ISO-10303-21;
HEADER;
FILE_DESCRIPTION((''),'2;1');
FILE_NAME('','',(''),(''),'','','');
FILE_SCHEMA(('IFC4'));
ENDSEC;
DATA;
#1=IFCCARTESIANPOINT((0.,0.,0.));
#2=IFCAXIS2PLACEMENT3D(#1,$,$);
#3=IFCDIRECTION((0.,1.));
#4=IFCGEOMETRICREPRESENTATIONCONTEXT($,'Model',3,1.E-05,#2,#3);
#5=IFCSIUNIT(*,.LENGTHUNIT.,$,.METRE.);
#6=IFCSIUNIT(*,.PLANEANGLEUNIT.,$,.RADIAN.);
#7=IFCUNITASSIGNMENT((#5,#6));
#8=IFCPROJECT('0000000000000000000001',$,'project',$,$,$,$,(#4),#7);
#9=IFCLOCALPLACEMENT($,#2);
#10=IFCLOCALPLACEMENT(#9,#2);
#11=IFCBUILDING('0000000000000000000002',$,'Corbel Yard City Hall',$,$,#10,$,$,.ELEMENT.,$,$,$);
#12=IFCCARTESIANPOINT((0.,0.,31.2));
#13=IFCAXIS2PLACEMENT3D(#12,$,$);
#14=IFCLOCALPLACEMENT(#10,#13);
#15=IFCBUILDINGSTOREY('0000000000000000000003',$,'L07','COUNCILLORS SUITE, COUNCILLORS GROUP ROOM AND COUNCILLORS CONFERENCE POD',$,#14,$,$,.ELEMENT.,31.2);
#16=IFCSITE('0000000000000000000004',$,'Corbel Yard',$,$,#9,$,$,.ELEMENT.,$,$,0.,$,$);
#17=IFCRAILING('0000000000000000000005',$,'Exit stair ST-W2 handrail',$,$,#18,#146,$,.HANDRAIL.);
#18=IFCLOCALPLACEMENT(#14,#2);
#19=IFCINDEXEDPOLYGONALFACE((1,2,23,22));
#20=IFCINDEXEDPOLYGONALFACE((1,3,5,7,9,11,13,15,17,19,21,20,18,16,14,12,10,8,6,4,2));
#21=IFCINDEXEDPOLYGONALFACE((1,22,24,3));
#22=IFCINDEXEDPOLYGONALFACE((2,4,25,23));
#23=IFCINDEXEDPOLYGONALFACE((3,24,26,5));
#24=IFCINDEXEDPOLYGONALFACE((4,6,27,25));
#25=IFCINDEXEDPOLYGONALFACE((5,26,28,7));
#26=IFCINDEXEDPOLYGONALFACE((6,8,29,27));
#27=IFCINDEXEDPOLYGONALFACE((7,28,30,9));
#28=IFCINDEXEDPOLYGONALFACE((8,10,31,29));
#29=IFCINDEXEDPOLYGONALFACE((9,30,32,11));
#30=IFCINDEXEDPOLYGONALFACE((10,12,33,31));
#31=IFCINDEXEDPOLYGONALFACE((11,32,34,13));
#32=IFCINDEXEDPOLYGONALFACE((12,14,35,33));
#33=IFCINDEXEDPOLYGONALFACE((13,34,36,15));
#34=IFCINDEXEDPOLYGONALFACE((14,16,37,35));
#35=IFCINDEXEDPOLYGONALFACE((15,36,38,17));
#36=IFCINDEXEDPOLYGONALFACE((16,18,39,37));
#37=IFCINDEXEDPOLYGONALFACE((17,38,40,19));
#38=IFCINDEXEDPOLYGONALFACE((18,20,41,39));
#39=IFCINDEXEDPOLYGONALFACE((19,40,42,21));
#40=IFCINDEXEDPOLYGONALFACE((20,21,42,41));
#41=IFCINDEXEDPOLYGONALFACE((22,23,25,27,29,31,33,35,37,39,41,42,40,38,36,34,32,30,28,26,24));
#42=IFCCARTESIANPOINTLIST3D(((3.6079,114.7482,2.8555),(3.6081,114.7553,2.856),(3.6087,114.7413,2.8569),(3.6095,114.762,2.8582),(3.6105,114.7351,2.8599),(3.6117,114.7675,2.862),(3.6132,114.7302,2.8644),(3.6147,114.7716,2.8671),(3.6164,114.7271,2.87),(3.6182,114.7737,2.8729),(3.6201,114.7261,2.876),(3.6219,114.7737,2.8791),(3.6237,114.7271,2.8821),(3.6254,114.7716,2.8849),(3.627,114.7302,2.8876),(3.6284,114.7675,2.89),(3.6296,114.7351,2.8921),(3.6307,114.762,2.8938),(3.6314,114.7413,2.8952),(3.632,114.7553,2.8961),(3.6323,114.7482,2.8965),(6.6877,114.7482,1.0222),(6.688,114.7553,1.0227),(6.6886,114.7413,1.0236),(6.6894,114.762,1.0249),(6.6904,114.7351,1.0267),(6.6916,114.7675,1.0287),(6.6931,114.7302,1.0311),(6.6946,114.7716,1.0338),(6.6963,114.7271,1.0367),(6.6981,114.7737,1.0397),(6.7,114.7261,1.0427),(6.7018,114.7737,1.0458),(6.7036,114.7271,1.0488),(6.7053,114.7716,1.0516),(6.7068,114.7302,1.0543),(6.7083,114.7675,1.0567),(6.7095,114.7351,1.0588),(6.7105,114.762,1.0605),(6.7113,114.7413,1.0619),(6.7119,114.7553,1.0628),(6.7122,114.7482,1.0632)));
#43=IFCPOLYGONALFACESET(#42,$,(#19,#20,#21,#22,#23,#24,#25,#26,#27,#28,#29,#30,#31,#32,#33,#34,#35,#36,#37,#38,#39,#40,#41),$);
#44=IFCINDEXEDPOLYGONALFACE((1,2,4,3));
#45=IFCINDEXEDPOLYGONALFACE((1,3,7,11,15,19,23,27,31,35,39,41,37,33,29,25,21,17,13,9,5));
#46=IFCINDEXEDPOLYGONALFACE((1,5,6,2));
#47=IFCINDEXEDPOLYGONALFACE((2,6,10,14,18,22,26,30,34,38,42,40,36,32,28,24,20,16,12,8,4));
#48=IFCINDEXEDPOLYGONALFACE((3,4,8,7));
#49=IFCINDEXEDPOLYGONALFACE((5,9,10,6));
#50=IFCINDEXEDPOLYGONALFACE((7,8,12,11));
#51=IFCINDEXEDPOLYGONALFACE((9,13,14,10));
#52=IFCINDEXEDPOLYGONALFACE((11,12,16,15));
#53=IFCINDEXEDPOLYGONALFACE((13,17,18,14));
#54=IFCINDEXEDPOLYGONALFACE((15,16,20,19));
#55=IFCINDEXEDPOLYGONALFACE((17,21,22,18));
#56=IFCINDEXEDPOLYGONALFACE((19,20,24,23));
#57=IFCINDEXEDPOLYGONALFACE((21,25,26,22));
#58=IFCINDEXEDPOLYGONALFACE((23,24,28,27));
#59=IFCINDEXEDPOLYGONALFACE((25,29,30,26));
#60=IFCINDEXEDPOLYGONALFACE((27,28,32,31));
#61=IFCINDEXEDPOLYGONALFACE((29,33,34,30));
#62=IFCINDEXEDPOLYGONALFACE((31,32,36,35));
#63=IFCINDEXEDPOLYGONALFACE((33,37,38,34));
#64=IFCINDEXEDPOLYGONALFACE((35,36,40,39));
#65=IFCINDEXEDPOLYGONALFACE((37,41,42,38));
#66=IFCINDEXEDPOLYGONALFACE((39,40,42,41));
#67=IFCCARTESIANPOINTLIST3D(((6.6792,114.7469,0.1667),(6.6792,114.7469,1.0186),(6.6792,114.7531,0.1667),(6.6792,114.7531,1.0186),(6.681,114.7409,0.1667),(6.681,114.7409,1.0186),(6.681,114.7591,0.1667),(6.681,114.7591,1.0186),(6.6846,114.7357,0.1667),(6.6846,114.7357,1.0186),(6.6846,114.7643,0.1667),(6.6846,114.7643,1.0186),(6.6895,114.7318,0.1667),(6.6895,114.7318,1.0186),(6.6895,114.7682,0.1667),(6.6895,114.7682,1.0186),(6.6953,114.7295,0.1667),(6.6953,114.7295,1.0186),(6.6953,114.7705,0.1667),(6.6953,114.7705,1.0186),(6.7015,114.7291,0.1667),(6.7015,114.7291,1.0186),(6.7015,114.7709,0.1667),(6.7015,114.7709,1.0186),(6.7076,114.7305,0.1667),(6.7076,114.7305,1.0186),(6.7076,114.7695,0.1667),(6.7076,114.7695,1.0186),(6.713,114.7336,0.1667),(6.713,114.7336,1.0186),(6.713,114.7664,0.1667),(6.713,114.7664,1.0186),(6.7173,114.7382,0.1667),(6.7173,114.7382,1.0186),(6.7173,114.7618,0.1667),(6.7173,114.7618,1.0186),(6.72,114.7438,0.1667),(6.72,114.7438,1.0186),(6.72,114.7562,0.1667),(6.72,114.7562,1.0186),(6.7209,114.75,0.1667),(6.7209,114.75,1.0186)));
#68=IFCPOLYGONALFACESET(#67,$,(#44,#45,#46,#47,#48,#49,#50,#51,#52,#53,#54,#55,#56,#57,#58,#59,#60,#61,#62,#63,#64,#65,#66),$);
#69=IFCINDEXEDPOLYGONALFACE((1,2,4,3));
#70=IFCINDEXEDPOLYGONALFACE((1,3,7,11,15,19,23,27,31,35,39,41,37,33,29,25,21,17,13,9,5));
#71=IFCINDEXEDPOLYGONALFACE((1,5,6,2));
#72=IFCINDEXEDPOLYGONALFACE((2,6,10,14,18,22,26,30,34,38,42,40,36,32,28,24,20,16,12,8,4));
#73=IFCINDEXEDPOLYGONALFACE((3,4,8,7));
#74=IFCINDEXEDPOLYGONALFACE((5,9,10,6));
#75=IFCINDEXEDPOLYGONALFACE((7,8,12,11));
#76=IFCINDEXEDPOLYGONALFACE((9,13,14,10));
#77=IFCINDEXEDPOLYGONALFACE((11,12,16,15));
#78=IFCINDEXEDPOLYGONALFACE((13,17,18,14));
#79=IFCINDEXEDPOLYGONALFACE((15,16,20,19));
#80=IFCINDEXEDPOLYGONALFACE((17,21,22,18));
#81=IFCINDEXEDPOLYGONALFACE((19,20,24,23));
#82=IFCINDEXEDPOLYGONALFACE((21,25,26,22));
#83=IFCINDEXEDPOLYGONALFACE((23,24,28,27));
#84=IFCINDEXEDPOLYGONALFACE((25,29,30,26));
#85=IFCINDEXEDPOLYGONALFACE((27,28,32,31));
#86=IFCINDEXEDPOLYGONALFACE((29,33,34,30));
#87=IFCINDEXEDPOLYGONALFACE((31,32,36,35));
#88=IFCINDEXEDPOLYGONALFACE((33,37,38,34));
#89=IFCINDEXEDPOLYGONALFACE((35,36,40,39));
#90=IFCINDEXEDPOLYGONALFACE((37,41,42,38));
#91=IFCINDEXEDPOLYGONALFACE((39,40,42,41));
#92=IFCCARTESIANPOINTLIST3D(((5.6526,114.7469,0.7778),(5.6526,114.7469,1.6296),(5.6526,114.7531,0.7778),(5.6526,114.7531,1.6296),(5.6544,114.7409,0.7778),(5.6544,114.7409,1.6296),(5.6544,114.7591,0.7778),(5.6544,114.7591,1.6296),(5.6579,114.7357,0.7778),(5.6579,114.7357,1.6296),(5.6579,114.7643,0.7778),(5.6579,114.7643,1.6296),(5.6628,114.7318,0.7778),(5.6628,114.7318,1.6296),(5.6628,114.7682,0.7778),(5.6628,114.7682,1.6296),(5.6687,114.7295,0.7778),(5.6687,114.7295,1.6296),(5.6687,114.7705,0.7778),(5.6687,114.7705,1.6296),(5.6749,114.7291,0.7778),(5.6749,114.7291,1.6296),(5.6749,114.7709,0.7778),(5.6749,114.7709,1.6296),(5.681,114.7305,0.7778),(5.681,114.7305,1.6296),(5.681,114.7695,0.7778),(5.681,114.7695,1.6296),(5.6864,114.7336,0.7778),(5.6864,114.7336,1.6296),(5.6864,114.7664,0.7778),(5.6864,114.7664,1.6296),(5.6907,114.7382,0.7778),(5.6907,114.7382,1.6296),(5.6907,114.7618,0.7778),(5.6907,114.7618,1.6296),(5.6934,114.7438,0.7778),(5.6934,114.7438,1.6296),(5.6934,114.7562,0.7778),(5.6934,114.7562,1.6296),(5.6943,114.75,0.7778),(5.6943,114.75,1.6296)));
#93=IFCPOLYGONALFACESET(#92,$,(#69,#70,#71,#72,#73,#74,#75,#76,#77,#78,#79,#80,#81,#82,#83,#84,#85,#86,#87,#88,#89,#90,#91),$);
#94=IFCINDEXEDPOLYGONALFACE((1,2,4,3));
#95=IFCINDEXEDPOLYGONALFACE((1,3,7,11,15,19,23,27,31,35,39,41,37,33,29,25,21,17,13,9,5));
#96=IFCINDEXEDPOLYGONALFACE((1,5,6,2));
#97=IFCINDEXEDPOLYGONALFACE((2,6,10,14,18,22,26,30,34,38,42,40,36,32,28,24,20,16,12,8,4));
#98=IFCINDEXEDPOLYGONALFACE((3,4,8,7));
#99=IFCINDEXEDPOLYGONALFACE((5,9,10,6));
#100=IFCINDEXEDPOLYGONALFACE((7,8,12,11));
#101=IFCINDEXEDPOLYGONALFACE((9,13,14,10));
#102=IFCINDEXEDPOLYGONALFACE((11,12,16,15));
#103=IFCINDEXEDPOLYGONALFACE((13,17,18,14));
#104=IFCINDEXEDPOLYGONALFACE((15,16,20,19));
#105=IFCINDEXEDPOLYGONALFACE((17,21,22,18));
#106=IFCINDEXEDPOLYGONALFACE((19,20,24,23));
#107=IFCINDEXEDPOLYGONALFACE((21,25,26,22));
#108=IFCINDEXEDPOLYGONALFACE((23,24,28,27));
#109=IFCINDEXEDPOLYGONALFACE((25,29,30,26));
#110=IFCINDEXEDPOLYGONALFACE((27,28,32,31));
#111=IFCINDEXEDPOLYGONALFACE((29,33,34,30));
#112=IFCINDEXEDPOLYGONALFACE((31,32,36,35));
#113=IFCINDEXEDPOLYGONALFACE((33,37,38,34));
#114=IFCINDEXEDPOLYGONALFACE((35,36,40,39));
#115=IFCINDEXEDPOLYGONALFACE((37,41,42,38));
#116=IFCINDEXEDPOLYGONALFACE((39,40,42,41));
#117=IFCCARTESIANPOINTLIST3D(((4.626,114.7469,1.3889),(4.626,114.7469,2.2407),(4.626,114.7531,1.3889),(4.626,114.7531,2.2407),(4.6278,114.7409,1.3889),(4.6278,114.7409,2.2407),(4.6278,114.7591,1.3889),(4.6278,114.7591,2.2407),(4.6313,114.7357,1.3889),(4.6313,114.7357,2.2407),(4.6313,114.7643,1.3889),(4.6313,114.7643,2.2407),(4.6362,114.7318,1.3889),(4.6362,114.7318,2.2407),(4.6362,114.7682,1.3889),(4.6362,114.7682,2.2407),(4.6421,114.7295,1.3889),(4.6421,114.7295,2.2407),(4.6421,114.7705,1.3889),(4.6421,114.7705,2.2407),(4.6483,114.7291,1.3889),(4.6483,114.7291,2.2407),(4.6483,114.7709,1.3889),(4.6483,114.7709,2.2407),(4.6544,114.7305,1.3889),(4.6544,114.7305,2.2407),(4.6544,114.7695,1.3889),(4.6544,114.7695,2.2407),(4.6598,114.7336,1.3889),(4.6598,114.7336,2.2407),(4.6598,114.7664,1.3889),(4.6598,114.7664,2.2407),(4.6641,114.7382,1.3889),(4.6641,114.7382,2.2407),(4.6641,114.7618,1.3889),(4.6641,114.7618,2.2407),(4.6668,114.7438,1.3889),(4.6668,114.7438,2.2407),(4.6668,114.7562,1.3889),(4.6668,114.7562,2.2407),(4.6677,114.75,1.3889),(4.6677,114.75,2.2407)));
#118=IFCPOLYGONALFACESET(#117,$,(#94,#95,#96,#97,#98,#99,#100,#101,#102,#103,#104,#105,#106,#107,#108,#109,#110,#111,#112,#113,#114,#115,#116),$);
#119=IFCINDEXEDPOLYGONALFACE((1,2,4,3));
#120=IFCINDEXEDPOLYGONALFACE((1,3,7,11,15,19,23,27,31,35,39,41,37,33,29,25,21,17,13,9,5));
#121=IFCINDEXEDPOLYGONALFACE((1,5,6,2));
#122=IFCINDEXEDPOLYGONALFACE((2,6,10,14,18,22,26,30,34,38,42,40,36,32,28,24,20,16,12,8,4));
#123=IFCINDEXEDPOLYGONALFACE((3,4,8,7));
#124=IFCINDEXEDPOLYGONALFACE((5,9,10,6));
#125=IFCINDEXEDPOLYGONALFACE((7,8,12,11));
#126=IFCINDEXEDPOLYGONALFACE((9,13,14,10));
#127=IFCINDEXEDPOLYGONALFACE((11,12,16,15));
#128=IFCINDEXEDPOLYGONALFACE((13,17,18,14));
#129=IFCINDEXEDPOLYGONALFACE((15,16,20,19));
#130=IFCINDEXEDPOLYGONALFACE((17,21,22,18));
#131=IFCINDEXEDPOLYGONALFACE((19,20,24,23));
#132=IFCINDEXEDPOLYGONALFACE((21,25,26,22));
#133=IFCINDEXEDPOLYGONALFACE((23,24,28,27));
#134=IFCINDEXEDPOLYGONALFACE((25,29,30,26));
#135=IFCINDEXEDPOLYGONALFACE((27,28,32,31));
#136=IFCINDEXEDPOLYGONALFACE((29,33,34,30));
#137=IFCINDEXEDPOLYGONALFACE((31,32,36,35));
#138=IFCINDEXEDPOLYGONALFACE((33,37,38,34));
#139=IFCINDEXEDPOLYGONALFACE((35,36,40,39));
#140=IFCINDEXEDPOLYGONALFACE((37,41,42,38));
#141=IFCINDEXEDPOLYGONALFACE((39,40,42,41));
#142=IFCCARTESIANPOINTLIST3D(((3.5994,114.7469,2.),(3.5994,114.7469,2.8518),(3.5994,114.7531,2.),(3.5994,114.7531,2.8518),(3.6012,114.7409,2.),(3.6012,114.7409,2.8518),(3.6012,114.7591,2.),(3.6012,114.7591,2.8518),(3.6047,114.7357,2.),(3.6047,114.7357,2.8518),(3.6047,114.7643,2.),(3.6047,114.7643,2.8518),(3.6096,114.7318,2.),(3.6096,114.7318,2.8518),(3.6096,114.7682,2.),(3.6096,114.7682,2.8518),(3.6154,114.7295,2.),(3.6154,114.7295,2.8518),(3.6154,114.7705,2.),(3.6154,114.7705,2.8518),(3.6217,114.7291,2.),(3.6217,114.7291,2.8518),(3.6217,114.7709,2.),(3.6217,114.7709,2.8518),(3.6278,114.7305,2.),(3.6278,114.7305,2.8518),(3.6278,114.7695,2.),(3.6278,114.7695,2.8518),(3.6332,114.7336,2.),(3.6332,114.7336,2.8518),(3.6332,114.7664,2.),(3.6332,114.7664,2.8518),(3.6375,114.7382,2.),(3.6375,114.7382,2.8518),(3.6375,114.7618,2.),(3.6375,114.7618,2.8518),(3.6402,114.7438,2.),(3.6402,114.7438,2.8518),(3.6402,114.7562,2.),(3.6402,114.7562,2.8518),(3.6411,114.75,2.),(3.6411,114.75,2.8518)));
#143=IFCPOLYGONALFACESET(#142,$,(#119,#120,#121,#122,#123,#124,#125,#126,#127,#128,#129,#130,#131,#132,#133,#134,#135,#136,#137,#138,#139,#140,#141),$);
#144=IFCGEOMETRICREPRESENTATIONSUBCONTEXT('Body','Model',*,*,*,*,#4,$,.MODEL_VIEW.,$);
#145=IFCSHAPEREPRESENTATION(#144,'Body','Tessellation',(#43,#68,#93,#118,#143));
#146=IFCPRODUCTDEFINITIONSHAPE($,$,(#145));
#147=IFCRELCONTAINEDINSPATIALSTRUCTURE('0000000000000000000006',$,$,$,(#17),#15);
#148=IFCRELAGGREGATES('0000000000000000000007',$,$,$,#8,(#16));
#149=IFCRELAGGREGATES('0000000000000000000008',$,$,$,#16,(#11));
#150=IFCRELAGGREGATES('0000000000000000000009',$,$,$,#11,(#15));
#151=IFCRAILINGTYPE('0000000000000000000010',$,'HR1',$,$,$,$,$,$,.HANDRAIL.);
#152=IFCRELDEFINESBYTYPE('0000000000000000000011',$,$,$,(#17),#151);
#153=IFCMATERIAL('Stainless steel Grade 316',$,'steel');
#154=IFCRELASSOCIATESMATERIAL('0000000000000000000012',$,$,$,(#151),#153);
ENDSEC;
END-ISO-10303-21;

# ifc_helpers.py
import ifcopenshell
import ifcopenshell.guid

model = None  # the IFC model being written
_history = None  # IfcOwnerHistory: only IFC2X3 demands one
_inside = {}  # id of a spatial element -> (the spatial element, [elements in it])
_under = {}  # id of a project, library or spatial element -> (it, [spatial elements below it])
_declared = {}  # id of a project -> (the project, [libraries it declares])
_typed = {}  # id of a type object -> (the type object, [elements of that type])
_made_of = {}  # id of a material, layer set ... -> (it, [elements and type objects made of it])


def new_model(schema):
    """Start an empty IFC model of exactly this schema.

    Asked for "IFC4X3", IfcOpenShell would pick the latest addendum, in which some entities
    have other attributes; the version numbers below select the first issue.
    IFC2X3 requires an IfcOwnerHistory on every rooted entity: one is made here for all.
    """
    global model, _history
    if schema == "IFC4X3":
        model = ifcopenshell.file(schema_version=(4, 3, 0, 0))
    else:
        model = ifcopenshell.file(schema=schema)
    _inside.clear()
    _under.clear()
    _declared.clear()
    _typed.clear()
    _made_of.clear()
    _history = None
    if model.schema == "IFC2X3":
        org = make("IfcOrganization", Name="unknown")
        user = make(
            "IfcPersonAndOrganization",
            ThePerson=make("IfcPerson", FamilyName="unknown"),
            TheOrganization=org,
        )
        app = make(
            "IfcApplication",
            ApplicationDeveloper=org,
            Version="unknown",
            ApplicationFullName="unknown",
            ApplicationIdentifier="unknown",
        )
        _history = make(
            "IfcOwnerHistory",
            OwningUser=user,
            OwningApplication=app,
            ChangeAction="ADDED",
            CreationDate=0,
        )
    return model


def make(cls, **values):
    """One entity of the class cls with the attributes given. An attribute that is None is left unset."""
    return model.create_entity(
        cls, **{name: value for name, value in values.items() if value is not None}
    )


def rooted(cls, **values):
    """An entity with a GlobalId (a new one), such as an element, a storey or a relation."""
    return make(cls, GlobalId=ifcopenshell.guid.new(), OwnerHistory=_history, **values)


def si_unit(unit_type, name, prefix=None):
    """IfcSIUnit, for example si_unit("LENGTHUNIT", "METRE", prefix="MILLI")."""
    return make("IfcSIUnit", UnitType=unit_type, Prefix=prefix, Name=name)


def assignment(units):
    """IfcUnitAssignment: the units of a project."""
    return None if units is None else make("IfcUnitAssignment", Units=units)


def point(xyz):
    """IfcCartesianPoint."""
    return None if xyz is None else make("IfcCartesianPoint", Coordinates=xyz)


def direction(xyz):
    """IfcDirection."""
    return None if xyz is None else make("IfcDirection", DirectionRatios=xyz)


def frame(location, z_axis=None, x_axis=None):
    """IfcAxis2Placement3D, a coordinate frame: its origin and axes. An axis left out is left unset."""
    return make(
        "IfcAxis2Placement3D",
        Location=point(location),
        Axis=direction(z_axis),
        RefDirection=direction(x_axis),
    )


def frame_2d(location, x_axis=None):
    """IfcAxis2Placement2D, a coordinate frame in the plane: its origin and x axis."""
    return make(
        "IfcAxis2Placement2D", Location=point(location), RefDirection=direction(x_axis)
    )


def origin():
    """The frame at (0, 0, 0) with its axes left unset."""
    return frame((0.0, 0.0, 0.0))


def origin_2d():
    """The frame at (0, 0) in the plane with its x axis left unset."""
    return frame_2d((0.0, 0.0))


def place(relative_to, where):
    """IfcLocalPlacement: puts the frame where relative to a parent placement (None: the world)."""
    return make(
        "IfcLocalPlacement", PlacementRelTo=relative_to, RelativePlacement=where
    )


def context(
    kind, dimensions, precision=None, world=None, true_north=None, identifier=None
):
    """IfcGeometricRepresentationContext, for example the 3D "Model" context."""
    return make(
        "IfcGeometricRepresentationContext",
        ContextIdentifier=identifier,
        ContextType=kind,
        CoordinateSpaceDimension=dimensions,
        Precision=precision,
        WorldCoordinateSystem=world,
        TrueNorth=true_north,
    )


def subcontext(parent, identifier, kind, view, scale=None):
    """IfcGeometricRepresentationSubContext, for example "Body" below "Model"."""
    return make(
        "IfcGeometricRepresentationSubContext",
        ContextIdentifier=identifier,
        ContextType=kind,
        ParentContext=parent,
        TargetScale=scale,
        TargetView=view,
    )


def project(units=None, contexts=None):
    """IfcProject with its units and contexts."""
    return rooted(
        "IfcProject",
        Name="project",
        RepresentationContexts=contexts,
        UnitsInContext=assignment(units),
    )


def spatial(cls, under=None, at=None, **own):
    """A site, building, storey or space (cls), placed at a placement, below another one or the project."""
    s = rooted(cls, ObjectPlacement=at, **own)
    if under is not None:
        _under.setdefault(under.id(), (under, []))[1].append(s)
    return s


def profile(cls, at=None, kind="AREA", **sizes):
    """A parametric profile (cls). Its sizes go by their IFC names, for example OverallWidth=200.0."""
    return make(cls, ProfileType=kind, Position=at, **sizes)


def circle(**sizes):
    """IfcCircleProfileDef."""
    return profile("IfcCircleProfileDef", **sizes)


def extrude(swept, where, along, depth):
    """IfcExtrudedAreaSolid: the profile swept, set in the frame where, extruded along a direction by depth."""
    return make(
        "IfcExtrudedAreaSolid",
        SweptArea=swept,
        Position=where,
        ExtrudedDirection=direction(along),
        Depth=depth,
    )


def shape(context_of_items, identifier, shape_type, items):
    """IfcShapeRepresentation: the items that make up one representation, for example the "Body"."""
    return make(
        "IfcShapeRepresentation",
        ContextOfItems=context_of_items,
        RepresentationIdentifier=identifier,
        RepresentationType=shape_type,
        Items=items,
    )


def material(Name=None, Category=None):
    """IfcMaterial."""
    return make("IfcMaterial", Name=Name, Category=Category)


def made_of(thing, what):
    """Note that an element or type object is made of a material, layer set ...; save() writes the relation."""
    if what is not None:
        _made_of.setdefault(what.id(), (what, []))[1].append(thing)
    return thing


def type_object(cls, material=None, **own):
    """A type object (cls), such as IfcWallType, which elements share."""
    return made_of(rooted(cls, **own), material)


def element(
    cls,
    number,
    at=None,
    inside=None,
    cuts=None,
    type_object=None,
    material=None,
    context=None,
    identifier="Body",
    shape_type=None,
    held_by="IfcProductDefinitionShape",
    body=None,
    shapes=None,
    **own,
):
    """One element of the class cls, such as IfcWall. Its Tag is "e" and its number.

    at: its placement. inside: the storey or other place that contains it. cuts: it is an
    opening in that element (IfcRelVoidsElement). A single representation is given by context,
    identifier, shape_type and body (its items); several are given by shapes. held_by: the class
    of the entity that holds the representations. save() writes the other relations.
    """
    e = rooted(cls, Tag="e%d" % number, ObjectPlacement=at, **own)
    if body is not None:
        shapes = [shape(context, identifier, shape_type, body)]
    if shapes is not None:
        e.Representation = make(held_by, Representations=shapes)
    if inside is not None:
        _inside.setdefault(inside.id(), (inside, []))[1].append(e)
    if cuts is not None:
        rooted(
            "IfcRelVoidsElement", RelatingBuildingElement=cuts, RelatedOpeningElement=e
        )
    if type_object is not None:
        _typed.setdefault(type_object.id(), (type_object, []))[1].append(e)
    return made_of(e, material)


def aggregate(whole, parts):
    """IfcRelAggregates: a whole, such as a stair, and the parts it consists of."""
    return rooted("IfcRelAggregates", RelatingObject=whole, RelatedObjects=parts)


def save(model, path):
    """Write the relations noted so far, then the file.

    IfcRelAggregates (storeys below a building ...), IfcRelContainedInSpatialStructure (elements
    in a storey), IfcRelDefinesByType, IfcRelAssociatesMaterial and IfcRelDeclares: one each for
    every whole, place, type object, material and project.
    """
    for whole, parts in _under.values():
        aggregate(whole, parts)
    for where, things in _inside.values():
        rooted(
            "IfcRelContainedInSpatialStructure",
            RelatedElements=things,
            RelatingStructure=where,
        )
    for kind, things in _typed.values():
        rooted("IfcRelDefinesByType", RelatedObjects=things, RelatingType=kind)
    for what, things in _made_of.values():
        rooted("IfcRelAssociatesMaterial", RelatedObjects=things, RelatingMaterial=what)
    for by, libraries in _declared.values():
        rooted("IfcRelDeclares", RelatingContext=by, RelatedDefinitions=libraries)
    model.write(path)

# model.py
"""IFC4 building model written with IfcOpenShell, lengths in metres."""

from ifc_helpers import new_model, si_unit, direction, frame, origin, origin_2d, place, context, subcontext, project, spatial, circle, extrude, material, type_object, element, save


model = new_model("IFC4")

# Units and contexts
model_context = context("Model", 3, precision=1e-05, world=origin(), true_north=direction((0.0, 1.0)))
body_context = subcontext(model_context, "Body", "Model", "MODEL_VIEW")
ifc_project = project(units=[si_unit("LENGTHUNIT", "METRE"), si_unit("PLANEANGLEUNIT", "RADIAN")], contexts=[model_context])

# Site, building, storey
site_placement = place(None, origin())
site = spatial("IfcSite", under=ifc_project, at=site_placement, Name="Corbel Yard", CompositionType="ELEMENT", RefElevation=0.0)
building_placement = place(site_placement, origin())
building = spatial("IfcBuilding", under=site, at=building_placement, Name="Corbel Yard City Hall", CompositionType="ELEMENT")
storey_placement = place(building_placement, frame((0.0, 0.0, 31.2)))
storey = spatial("IfcBuildingStorey", under=building, at=storey_placement, Name="L07", Description="COUNCILLORS SUITE, COUNCILLORS GROUP ROOM AND COUNCILLORS CONFERENCE POD", CompositionType="ELEMENT", Elevation=31.2)

# Shared definitions
ifc_material_1 = material(Name="Stainless steel Grade 316", Category="steel")

# Railing
railing_type = type_object("IfcRailingType", Name="HR1", PredefinedType="HANDRAIL", material=ifc_material_1)
for number, where, name in (
    (1, (6.7, 114.75, 0.1667), "Exit stair ST-W2 handrail"),
):
    element("IfcRailing", number, at=place(storey_placement, frame(where)), inside=storey, type_object=railing_type, Name=name, PredefinedType="HANDRAIL", context=body_context, shape_type="SweptSolid", body=[
        extrude(circle(Radius=0.0239, at=origin_2d()), frame((0.0, 0.0, 0.876), z_axis=(-0.859291, 0.0, 0.511487), x_axis=(0.0, -1.0, 0.0)), (0.0, 0.0, 1.0), 3.5842),
        extrude(circle(Radius=0.021, at=origin_2d()), origin(), (0.0, 0.0, 1.0), 0.8518),
        extrude(circle(Radius=0.021, at=origin_2d()), frame((-1.0266, 0.0, 0.6111)), (0.0, 0.0, 1.0), 0.8518),
        extrude(circle(Radius=0.021, at=origin_2d()), frame((-2.0532, 0.0, 1.2222)), (0.0, 0.0, 1.0), 0.8518),
        extrude(circle(Radius=0.021, at=origin_2d()), frame((-3.0798, 0.0, 1.8333)), (0.0, 0.0, 1.0), 0.8518),
    ])

save(model, "model.ifc")
